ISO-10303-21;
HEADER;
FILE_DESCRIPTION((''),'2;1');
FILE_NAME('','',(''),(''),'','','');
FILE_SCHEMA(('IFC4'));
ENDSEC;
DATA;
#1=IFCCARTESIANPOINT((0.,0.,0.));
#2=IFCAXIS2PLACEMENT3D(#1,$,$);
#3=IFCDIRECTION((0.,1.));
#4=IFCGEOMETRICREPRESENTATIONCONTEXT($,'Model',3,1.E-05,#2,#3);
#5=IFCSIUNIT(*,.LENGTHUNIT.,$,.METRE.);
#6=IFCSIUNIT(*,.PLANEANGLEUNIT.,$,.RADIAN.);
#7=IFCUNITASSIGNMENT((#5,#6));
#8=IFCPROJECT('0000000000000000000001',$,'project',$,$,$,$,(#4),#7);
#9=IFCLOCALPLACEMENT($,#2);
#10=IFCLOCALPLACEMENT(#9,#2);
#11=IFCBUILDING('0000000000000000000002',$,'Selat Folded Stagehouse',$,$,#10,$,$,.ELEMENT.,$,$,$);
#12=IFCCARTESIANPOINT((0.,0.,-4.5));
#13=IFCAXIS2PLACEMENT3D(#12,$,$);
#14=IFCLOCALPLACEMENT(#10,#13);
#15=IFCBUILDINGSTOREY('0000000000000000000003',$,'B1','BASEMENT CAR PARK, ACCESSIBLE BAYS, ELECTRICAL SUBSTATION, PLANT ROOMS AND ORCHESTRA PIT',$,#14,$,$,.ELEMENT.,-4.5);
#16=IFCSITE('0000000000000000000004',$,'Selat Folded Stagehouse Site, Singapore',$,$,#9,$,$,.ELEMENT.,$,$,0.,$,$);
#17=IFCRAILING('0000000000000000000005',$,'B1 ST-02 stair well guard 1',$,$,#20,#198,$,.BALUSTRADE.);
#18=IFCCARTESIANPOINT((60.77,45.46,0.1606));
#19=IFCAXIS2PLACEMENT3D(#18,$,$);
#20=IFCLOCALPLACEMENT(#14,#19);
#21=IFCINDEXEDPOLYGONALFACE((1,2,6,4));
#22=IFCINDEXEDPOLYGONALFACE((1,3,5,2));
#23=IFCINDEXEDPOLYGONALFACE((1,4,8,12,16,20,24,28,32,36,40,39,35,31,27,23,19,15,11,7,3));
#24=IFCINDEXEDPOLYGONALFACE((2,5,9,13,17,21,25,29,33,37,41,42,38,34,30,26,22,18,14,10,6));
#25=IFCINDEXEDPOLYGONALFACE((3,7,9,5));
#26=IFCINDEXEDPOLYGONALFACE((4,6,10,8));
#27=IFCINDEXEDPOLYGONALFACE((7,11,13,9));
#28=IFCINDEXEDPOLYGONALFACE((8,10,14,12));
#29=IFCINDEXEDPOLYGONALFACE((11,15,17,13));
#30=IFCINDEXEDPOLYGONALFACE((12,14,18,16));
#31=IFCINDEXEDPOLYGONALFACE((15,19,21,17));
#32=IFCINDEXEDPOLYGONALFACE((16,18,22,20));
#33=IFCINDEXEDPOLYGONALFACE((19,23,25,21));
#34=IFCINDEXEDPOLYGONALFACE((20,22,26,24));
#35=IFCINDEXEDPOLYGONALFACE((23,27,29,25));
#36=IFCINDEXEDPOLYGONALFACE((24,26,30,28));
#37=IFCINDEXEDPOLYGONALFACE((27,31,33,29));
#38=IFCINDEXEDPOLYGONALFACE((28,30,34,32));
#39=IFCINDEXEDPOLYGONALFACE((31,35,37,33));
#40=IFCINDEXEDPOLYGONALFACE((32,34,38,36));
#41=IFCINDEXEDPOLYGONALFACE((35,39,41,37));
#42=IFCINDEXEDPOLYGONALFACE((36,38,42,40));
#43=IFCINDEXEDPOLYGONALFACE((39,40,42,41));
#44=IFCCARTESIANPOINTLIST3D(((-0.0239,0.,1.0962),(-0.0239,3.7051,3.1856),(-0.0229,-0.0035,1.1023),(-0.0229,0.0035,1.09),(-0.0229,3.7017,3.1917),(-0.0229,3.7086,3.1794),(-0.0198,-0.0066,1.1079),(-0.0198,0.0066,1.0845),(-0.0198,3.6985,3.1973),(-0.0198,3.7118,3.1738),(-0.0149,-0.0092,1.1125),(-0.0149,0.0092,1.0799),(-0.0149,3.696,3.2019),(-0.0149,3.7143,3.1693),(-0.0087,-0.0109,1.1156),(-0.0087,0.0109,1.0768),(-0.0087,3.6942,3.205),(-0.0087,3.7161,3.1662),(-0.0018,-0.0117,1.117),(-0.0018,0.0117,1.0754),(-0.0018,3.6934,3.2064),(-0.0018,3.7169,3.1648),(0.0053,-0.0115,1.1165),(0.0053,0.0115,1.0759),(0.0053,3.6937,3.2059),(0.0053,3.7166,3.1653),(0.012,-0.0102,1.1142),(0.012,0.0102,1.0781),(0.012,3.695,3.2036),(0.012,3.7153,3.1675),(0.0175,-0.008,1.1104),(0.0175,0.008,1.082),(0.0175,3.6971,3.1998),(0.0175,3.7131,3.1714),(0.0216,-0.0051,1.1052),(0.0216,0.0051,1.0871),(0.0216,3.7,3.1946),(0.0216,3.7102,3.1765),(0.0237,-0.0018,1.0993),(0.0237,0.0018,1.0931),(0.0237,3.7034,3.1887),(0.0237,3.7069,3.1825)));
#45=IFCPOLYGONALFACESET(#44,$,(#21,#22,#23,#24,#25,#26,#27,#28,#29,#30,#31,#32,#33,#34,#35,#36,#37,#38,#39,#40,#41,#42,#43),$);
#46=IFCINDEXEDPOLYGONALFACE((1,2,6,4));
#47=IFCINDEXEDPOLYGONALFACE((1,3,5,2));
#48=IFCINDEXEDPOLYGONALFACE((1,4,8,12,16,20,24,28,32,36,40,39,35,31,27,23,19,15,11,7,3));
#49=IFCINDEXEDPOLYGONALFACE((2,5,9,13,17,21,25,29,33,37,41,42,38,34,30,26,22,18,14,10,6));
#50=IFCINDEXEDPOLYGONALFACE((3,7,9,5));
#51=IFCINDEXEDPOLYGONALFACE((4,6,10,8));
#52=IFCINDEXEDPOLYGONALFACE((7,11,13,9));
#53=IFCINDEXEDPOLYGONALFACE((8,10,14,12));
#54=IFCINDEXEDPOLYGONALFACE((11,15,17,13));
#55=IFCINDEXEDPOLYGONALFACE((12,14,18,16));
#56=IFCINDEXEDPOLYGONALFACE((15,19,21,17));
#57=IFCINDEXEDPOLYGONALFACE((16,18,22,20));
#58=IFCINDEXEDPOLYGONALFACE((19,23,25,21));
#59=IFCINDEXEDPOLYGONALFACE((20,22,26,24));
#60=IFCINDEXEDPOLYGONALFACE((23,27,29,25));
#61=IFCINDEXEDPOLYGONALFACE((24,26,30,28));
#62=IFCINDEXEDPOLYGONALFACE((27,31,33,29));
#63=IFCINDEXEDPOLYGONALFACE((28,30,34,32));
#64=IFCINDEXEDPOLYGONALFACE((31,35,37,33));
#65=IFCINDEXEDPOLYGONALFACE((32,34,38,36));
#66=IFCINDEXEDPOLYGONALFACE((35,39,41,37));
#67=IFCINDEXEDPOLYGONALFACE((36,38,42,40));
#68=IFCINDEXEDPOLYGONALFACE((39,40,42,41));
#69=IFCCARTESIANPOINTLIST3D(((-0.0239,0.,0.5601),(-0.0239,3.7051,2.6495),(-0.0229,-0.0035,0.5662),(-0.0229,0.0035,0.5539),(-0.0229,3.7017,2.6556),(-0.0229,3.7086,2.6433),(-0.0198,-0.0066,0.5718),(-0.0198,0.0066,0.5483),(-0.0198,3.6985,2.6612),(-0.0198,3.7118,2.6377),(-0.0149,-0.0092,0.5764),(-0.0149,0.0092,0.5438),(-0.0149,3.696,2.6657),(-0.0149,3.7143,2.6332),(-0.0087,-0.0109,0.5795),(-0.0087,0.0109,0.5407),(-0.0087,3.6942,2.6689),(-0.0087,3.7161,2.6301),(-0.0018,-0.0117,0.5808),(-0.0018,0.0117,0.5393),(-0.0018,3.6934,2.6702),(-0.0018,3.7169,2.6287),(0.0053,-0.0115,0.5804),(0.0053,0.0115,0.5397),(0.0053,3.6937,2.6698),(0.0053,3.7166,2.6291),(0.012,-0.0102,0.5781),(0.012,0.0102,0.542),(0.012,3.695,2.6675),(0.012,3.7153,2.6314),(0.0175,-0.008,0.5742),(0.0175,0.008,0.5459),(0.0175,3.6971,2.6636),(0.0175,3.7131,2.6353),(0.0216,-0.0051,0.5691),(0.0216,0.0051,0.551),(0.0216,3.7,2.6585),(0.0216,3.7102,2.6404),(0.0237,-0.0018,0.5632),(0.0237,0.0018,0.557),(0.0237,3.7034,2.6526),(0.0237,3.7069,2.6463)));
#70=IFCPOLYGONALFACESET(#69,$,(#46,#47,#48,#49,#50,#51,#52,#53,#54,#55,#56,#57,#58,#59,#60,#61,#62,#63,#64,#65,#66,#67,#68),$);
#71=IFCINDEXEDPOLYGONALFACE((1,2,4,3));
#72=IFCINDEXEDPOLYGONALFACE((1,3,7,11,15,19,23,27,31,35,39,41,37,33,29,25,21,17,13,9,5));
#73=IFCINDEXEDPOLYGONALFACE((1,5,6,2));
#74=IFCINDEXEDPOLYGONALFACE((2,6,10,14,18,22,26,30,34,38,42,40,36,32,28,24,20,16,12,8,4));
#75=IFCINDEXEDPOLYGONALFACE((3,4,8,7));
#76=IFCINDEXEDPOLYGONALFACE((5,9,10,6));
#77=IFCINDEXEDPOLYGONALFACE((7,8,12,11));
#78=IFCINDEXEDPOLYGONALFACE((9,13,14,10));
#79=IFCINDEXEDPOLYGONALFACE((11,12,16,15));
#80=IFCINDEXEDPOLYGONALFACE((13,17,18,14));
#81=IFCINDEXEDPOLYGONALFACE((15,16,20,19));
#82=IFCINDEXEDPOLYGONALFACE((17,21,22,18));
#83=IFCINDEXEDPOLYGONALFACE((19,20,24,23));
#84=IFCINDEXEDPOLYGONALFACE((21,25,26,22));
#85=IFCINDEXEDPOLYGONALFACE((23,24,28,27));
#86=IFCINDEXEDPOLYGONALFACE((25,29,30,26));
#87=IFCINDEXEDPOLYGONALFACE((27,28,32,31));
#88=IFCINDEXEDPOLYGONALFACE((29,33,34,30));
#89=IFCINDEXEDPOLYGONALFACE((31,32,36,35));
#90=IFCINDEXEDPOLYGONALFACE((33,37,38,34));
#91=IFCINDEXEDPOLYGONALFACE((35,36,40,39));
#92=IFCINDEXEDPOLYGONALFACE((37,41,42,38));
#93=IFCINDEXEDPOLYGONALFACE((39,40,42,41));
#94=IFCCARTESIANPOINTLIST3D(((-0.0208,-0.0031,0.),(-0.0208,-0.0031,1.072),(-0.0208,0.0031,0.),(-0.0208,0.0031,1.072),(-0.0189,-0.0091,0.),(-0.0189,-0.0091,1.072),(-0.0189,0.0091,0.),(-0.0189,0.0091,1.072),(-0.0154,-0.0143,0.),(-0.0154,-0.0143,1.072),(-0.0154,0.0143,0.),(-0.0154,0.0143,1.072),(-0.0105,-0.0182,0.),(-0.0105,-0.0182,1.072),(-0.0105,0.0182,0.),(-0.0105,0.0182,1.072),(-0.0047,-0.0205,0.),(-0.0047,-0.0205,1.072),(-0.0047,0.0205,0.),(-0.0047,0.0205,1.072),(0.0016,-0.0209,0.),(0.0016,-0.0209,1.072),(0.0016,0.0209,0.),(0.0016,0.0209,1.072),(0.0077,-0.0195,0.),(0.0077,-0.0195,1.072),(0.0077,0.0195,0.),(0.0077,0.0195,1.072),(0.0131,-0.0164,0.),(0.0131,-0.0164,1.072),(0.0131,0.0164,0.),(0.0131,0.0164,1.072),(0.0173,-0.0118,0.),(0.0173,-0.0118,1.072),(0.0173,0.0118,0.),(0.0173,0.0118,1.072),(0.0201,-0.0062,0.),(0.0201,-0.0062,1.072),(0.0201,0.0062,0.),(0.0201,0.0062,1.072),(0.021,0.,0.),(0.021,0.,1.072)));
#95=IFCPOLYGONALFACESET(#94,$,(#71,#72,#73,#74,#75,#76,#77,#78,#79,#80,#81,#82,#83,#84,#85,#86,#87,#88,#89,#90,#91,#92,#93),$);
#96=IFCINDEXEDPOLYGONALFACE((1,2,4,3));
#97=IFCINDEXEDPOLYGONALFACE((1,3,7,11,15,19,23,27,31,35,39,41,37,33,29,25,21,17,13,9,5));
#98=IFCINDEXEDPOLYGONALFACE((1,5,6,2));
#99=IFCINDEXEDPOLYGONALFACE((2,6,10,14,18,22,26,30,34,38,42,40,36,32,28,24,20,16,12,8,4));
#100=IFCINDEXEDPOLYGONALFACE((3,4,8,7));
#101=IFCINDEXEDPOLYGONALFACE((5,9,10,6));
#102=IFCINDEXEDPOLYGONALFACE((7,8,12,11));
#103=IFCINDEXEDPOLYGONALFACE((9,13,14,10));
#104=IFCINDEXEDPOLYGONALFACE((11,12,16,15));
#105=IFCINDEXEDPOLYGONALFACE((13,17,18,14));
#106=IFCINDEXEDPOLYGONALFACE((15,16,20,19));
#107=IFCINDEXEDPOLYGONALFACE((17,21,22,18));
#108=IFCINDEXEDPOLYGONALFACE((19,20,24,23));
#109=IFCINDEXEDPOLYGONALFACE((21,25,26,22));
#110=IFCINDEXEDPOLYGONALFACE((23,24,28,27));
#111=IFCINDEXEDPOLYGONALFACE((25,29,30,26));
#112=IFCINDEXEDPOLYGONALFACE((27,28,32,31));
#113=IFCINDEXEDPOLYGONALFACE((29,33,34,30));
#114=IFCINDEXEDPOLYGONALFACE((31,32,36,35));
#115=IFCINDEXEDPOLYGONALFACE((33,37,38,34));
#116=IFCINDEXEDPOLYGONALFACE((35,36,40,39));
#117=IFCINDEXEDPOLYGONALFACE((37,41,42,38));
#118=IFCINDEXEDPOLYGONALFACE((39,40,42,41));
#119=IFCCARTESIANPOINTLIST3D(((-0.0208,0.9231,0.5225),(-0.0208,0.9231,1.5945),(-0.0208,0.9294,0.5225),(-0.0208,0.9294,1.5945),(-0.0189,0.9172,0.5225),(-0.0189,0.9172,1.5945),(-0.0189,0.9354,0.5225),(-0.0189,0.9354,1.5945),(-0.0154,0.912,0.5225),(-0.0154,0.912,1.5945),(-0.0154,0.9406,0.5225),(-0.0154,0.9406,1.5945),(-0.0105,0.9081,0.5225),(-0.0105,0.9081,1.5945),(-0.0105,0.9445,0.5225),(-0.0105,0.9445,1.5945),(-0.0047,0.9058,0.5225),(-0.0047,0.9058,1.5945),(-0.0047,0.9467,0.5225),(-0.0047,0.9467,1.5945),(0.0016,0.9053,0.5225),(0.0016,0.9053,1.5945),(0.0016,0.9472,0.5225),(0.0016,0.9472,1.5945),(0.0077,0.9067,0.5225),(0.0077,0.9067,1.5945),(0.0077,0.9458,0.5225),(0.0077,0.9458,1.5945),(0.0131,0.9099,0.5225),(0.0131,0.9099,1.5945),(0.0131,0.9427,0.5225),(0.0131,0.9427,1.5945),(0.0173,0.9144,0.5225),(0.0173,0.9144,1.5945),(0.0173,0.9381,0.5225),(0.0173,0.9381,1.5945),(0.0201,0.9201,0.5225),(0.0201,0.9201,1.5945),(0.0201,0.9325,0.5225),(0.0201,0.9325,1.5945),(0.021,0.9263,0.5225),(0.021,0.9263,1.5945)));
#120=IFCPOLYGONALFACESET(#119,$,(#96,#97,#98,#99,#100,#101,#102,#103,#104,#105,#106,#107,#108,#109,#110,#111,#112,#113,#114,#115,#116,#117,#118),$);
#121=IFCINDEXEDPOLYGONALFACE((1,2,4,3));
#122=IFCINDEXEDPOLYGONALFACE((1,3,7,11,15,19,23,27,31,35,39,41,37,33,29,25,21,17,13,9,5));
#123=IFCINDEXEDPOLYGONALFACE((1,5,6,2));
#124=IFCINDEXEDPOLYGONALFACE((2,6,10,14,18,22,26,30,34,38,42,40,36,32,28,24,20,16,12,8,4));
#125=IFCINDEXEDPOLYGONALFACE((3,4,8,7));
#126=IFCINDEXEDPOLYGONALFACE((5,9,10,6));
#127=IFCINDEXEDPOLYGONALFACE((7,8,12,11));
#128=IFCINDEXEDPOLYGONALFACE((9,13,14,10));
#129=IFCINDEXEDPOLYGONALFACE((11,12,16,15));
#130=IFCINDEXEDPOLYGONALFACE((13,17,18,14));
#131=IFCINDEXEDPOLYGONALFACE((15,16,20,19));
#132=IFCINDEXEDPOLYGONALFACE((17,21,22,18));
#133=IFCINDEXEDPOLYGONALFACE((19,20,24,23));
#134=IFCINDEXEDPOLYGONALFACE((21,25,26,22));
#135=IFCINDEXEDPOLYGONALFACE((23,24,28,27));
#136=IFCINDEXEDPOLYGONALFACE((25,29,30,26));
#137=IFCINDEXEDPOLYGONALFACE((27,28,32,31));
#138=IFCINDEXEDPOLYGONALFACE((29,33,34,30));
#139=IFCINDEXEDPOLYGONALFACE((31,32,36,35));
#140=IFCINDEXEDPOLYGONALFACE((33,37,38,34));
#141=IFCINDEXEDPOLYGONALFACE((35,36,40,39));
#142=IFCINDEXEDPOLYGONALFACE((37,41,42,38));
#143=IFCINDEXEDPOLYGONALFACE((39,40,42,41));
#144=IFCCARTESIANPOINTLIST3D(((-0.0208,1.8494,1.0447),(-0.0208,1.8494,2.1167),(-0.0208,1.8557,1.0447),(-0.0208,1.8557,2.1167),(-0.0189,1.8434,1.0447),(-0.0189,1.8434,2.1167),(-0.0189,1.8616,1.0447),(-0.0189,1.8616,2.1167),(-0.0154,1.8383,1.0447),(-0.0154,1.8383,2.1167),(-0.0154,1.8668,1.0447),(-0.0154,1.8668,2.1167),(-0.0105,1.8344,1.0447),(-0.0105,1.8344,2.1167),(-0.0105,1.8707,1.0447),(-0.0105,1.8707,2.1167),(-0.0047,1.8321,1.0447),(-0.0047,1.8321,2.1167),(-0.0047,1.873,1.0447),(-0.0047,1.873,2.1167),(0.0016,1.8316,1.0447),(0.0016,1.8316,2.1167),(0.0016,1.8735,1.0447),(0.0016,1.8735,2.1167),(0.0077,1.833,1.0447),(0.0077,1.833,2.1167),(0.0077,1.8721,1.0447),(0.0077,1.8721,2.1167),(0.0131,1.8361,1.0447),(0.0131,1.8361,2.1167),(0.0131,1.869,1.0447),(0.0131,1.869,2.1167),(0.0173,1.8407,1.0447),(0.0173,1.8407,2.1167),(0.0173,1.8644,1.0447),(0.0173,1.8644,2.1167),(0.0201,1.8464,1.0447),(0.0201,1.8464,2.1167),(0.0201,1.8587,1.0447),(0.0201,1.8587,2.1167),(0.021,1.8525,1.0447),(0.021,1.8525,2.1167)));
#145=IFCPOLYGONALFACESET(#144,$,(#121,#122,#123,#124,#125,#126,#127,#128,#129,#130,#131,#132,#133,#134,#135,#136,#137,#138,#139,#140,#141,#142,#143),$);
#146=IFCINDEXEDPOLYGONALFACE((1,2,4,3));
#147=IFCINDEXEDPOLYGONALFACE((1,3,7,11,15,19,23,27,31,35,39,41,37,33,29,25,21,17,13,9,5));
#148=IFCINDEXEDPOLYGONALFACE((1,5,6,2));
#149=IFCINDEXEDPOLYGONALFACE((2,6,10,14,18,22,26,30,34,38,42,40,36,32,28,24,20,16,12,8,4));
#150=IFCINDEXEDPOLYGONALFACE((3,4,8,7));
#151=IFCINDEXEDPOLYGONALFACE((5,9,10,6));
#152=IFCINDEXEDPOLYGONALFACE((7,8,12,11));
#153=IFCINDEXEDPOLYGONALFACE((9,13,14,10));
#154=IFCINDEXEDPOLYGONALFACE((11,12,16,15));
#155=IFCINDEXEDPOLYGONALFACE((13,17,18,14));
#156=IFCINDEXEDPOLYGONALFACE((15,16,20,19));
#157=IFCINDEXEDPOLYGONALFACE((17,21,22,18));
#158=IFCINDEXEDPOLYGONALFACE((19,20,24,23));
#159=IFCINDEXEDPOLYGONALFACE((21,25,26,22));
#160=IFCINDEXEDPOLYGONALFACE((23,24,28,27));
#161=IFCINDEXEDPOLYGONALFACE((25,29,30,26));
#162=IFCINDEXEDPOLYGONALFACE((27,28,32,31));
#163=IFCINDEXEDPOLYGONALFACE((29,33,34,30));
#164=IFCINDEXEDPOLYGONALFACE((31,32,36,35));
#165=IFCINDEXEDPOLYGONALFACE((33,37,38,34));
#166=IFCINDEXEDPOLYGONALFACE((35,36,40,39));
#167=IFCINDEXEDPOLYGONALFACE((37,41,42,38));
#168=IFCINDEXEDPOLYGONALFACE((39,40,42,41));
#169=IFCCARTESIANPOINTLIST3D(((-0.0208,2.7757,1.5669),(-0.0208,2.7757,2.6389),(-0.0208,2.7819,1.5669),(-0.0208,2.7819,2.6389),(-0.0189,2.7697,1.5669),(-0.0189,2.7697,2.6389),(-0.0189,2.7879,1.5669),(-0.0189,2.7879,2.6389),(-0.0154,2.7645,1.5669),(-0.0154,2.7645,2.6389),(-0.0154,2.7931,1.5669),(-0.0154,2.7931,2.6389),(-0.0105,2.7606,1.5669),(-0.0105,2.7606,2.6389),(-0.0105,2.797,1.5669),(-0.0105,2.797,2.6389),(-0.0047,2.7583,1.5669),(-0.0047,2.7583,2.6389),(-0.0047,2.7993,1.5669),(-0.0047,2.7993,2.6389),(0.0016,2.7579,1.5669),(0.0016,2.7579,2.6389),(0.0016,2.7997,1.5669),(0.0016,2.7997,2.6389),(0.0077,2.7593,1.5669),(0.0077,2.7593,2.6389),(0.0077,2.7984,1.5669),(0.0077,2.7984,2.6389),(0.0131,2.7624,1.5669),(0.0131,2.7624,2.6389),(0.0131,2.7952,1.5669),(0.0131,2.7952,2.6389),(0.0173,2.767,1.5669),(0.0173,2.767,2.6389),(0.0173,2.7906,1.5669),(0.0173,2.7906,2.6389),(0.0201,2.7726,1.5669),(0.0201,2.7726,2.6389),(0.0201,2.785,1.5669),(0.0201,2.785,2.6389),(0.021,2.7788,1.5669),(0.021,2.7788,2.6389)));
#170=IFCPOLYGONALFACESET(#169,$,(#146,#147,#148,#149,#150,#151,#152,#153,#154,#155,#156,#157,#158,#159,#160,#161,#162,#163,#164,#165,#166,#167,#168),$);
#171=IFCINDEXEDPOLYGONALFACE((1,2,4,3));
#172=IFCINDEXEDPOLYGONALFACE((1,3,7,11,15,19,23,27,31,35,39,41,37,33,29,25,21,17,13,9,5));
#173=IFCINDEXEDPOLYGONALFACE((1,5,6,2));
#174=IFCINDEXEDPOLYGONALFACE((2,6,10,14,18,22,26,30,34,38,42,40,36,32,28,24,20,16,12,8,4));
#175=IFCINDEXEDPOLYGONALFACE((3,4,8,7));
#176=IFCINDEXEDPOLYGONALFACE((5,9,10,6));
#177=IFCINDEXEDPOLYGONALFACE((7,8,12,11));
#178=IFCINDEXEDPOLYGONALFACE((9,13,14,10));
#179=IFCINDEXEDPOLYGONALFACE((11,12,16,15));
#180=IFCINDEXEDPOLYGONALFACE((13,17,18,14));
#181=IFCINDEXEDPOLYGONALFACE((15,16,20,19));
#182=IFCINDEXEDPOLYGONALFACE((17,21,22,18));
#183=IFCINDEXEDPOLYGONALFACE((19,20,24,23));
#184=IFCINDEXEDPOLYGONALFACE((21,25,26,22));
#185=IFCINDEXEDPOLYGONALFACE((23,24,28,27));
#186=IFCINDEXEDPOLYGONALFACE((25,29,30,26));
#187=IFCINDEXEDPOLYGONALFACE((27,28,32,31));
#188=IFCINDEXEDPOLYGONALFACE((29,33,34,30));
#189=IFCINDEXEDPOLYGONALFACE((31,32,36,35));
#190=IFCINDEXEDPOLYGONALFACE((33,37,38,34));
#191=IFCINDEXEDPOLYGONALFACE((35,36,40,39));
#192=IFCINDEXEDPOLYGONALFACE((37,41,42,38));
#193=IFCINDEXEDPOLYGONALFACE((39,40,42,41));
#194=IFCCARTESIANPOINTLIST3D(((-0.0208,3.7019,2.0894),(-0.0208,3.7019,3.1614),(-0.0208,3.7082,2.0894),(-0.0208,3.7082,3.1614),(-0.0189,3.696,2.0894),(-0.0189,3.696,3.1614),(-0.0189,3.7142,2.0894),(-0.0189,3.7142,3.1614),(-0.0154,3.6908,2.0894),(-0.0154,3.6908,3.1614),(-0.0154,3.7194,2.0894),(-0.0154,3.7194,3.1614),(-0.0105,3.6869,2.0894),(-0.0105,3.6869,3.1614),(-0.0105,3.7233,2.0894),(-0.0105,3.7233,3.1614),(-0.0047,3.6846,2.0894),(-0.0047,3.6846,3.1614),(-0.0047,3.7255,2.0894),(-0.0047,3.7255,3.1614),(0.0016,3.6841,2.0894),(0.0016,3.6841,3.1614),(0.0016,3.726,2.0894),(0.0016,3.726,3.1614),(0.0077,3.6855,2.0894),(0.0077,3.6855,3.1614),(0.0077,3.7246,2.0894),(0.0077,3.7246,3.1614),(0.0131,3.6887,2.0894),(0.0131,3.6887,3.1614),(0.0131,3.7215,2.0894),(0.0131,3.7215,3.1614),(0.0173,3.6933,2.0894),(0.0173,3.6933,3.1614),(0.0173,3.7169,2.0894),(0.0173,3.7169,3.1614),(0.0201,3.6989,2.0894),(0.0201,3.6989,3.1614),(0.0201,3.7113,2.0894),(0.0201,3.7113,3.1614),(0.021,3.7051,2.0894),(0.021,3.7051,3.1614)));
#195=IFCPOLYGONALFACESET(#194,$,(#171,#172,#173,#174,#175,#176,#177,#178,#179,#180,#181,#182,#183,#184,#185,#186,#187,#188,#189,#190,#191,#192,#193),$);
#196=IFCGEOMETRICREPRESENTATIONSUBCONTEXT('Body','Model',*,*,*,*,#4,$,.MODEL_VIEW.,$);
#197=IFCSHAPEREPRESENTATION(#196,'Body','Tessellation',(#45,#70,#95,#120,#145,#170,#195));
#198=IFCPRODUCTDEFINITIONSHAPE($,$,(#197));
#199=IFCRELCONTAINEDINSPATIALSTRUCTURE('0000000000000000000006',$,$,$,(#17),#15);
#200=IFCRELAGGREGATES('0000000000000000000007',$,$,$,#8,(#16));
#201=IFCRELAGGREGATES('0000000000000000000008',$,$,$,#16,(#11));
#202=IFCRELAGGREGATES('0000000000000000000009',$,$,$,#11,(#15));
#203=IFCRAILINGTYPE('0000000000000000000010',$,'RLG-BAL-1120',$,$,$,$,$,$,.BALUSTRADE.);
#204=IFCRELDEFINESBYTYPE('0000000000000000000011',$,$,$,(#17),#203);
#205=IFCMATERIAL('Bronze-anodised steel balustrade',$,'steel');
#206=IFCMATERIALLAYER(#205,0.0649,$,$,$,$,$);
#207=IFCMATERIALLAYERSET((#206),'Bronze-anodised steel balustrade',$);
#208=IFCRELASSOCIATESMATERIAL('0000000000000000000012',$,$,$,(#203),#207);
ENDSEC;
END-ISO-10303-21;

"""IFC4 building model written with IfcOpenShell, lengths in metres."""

from ifc_helpers import new_model, si_unit, direction, frame, origin, origin_2d, place, context, subcontext, project, spatial, circle, extrude, material, layer, layer_set, type_object, element, save


model = new_model("IFC4")

# Units and contexts
model_context = context("Model", 3, precision=1e-05, world=origin(), true_north=direction((0.0, 1.0)))
body_context = subcontext(model_context, "Body", "Model", "MODEL_VIEW")
ifc_project = project(units=[si_unit("LENGTHUNIT", "METRE"), si_unit("PLANEANGLEUNIT", "RADIAN")], contexts=[model_context])

# Site, building, storey
site_placement = place(None, origin())
site = spatial("IfcSite", under=ifc_project, at=site_placement, Name="Selat Folded Stagehouse Site, Singapore", CompositionType="ELEMENT", RefElevation=0.0)
building_placement = place(site_placement, origin())
building = spatial("IfcBuilding", under=site, at=building_placement, Name="Selat Folded Stagehouse", CompositionType="ELEMENT")
storey_placement = place(building_placement, frame((0.0, 0.0, -4.5)))
storey = spatial("IfcBuildingStorey", under=building, at=storey_placement, Name="B1", Description="BASEMENT CAR PARK, ACCESSIBLE BAYS, ELECTRICAL SUBSTATION, PLANT ROOMS AND ORCHESTRA PIT", CompositionType="ELEMENT", Elevation=-4.5)

# Railing
ifc_material_1 = material(Name="Bronze-anodised steel balustrade", Category="steel")
ifc_layer_1 = layer(ifc_material_1, 0.0649)
ifc_layer_set_1 = layer_set([ifc_layer_1], Name="Bronze-anodised steel balustrade")
railing_type_1 = type_object("IfcRailingType", Name="RLG-BAL-1120", PredefinedType="BALUSTRADE", material=ifc_layer_set_1)
railing_1_placement = place(storey_placement, frame((60.77, 45.46, 0.1606)))
element("IfcRailing", 1, at=railing_1_placement, inside=storey, type_object=railing_type_1, Name="B1 ST-02 stair well guard 1", PredefinedType="BALUSTRADE", context=body_context, shape_type="SweptSolid", body=[
    extrude(circle(Radius=0.0239, at=origin_2d()), frame((0.0, 0.0, 1.0962), z_axis=(0.0, 0.871048, 0.491198), x_axis=(-1.0, 0.0, 0.0)), (0.0, 0.0, 1.0), 4.2537),
    extrude(circle(Radius=0.0239, at=origin_2d()), frame((0.0, 0.0, 0.5601), z_axis=(0.0, 0.871048, 0.491198), x_axis=(-1.0, 0.0, 0.0)), (0.0, 0.0, 1.0), 4.2537),
    extrude(circle(Radius=0.021, at=origin_2d()), origin(), (0.0, 0.0, 1.0), 1.072),
    extrude(circle(Radius=0.021, at=origin_2d()), frame((0.0, 0.9263, 0.5225)), (0.0, 0.0, 1.0), 1.072),
    extrude(circle(Radius=0.021, at=origin_2d()), frame((0.0, 1.8525, 1.0447)), (0.0, 0.0, 1.0), 1.072),
    extrude(circle(Radius=0.021, at=origin_2d()), frame((0.0, 2.7788, 1.5669)), (0.0, 0.0, 1.0), 1.072),
    extrude(circle(Radius=0.021, at=origin_2d()), frame((0.0, 3.7051, 2.0894)), (0.0, 0.0, 1.0), 1.072),
])

save(model, "model.ifc")
